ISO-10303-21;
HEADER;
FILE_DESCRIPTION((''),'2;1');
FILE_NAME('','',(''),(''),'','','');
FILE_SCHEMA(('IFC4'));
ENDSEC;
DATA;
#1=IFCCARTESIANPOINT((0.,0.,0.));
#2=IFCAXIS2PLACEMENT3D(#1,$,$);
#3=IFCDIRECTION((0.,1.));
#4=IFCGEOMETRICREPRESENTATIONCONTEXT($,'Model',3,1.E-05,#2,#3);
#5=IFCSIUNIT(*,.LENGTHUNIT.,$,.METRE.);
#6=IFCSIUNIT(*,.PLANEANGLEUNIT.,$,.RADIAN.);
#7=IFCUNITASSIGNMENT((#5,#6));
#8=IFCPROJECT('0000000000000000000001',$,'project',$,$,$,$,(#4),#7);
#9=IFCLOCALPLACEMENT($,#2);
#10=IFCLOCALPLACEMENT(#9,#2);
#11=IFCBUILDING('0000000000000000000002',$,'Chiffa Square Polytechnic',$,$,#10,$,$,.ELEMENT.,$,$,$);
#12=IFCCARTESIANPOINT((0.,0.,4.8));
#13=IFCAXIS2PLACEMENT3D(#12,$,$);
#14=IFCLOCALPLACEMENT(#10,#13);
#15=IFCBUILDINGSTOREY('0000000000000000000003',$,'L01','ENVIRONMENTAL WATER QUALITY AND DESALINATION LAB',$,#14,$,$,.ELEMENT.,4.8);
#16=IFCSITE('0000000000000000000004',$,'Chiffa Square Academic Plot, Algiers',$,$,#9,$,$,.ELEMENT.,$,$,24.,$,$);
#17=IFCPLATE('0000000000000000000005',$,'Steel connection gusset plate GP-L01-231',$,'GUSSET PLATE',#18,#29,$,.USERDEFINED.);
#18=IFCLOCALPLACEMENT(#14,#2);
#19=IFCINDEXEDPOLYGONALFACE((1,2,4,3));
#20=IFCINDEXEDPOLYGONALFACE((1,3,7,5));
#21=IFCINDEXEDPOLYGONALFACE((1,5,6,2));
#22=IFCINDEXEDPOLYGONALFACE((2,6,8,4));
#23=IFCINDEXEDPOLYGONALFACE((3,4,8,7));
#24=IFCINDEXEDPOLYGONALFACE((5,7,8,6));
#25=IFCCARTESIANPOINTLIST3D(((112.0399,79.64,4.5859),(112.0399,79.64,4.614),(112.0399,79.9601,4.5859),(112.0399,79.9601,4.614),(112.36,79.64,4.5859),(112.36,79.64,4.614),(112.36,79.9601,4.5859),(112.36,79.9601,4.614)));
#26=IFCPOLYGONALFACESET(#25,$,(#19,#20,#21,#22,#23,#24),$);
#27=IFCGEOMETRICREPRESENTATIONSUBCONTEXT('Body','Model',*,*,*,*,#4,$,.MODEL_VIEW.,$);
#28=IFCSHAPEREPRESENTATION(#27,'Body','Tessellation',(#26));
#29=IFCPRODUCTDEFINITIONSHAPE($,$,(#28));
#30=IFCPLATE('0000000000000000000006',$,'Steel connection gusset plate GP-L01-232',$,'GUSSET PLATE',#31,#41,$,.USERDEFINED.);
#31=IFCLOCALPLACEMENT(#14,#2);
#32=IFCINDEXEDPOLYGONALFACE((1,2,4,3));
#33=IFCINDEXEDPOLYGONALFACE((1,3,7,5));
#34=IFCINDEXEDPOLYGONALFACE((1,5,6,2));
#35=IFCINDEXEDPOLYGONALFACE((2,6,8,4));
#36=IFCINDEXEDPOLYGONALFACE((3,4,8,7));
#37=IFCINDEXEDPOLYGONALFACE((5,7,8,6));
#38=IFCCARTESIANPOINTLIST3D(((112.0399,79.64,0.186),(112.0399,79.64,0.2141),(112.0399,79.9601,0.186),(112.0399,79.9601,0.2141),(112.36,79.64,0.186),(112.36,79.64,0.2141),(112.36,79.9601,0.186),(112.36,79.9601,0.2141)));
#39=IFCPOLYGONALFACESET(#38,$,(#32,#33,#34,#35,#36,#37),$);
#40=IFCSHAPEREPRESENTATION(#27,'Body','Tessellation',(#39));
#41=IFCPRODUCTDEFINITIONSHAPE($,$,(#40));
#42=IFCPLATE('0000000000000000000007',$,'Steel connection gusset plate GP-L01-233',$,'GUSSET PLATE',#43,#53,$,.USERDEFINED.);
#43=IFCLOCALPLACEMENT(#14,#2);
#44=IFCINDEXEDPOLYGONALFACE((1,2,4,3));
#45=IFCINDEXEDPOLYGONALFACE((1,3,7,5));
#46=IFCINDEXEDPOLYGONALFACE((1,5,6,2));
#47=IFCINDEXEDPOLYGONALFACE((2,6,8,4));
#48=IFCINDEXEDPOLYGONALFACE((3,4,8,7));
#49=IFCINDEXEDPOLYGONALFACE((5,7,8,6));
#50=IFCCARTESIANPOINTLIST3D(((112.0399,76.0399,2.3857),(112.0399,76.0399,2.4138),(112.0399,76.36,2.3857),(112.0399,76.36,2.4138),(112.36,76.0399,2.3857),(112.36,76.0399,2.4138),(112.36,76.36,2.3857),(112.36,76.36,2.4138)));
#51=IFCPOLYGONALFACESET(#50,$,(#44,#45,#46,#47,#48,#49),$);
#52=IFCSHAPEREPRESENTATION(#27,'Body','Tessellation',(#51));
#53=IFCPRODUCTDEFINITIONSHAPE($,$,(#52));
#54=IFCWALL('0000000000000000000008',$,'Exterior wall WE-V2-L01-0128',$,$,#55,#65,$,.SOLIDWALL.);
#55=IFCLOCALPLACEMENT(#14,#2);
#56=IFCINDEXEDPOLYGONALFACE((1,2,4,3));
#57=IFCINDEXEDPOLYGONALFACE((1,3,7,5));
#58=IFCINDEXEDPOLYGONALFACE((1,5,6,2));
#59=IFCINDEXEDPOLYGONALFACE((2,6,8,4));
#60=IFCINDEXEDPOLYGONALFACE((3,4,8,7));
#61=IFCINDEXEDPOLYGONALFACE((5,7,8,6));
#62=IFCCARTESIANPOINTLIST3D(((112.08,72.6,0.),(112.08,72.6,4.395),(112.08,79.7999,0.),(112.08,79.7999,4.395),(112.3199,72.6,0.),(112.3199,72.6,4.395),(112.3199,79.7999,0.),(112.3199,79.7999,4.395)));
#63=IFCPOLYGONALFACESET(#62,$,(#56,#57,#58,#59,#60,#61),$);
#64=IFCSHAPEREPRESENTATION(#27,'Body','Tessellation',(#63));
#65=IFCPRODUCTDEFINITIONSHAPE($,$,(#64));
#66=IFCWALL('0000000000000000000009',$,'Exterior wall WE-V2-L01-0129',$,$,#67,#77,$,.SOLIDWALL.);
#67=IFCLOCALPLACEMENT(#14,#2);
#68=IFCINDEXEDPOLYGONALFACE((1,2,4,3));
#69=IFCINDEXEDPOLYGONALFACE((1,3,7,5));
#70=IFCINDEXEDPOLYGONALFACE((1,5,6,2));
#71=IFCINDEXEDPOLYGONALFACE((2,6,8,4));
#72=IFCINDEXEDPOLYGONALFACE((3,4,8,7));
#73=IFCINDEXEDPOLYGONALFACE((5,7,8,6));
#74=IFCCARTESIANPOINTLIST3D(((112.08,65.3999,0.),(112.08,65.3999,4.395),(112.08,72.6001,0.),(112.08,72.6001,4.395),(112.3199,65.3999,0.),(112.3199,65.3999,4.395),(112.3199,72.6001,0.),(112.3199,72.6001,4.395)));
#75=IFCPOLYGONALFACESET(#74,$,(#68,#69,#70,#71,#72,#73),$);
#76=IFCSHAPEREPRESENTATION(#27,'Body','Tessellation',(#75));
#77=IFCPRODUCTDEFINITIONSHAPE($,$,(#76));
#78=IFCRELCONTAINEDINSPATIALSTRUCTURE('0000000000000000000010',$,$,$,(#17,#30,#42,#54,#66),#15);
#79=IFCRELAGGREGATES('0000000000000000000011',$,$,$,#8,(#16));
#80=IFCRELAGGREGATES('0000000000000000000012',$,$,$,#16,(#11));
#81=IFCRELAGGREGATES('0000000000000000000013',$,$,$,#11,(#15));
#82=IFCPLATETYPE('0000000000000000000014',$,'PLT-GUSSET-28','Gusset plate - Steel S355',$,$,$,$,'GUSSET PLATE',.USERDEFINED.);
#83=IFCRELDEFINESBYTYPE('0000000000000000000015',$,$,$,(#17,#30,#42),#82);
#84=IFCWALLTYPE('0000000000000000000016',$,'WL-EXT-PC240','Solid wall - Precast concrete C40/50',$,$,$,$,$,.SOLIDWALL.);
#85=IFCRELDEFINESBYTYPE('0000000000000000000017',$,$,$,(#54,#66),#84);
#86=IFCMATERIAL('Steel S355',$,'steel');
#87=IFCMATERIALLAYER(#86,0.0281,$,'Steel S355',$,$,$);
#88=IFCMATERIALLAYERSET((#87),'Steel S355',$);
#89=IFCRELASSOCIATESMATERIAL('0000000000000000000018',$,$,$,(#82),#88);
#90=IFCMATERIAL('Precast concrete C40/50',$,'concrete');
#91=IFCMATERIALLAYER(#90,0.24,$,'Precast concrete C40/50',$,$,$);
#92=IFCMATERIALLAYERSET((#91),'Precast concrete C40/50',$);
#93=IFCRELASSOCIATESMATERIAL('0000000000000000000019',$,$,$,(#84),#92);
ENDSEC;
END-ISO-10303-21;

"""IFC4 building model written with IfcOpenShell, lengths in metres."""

from ifc_helpers import new_model, si_unit, direction, frame, frame_2d, origin, origin_2d, place, context, subcontext, project, spatial, rectangle, extrude, material, layer, layer_set, type_object, element, save


model = new_model("IFC4")

# Units and contexts
model_context = context("Model", 3, precision=1e-05, world=origin(), true_north=direction((0.0, 1.0)))
body_context = subcontext(model_context, "Body", "Model", "MODEL_VIEW")
ifc_project = project(units=[si_unit("LENGTHUNIT", "METRE"), si_unit("PLANEANGLEUNIT", "RADIAN")], contexts=[model_context])

# Site, building, storey
site_placement = place(None, origin())
site = spatial("IfcSite", under=ifc_project, at=site_placement, Name="Chiffa Square Academic Plot, Algiers", CompositionType="ELEMENT", RefElevation=24.0)
building_placement = place(site_placement, origin())
building = spatial("IfcBuilding", under=site, at=building_placement, Name="Chiffa Square Polytechnic", CompositionType="ELEMENT")
storey_placement = place(building_placement, frame((0.0, 0.0, 4.8)))
storey = spatial("IfcBuildingStorey", under=building, at=storey_placement, Name="L01", Description="ENVIRONMENTAL WATER QUALITY AND DESALINATION LAB", CompositionType="ELEMENT", Elevation=4.8)

# Shared definitions
ifc_material_1 = material(Name="Steel S355", Category="steel")

# Plates
ifc_layer_1 = layer(ifc_material_1, 0.0281, Name="Steel S355")
ifc_layer_set_1 = layer_set([ifc_layer_1], Name="Steel S355")
plate_type = type_object("IfcPlateType", Name="PLT-GUSSET-28", Description="Gusset plate - Steel S355", ElementType="GUSSET PLATE", PredefinedType="USERDEFINED", material=ifc_layer_set_1)
for number, where, z_axis, x_axis, name in (
    (1, (112.2, 79.8, 4.5859), (0.0, 0.0, 1.0), (1.0, 0.0, 0.0), "Steel connection gusset plate GP-L01-231"),
    (2, (112.2, 79.8, 0.186), (0.0, 0.0, 1.0), (1.0, 0.0, 0.0), "Steel connection gusset plate GP-L01-232"),
    (3, (112.2, 76.2, 2.3857), (0.0, 0.0, 1.0), (1.0, 0.0, 0.0), "Steel connection gusset plate GP-L01-233"),
):
    element("IfcPlate", number, at=place(storey_placement, frame(where, z_axis=z_axis, x_axis=x_axis)), inside=storey, type_object=plate_type, Name=name, ObjectType="GUSSET PLATE", PredefinedType="USERDEFINED", context=body_context, shape_type="SweptSolid", body=[
        extrude(rectangle(XDim=0.3201, YDim=0.3201, at=origin_2d()), origin(), (0.0, 0.0, 1.0), 0.0281),
    ])

# Walls
ifc_material_2 = material(Name="Precast concrete C40/50", Category="concrete")
ifc_layer_2 = layer(ifc_material_2, 0.24, Name="Precast concrete C40/50")
ifc_layer_set_2 = layer_set([ifc_layer_2], Name="Precast concrete C40/50")
wall_type = type_object("IfcWallType", Name="WL-EXT-PC240", Description="Solid wall - Precast concrete C40/50", PredefinedType="SOLIDWALL", material=ifc_layer_set_2)
wall_1_placement = place(storey_placement, frame((112.2, 79.8, 0.0), z_axis=(0.0, 0.0, 1.0), x_axis=(0.0, -1.0, 0.0)))
element("IfcWall", 4, at=wall_1_placement, inside=storey, type_object=wall_type, Name="Exterior wall WE-V2-L01-0128", PredefinedType="SOLIDWALL", context=body_context, shape_type="SweptSolid", body=[
    extrude(rectangle(XDim=7.2, YDim=0.24, at=frame_2d((3.6001, 0.0))), origin(), (0.0, 0.0, 1.0), 4.395),
])
wall_2_placement = place(storey_placement, frame((112.2, 72.6001, 0.0), z_axis=(0.0, 0.0, 1.0), x_axis=(0.0, -1.0, 0.0)))
element("IfcWall", 5, at=wall_2_placement, inside=storey, type_object=wall_type, Name="Exterior wall WE-V2-L01-0129", PredefinedType="SOLIDWALL", context=body_context, shape_type="SweptSolid", body=[
    extrude(rectangle(XDim=7.2002, YDim=0.24, at=frame_2d((3.6001, 0.0))), origin(), (0.0, 0.0, 1.0), 4.395),
])

save(model, "model.ifc")
